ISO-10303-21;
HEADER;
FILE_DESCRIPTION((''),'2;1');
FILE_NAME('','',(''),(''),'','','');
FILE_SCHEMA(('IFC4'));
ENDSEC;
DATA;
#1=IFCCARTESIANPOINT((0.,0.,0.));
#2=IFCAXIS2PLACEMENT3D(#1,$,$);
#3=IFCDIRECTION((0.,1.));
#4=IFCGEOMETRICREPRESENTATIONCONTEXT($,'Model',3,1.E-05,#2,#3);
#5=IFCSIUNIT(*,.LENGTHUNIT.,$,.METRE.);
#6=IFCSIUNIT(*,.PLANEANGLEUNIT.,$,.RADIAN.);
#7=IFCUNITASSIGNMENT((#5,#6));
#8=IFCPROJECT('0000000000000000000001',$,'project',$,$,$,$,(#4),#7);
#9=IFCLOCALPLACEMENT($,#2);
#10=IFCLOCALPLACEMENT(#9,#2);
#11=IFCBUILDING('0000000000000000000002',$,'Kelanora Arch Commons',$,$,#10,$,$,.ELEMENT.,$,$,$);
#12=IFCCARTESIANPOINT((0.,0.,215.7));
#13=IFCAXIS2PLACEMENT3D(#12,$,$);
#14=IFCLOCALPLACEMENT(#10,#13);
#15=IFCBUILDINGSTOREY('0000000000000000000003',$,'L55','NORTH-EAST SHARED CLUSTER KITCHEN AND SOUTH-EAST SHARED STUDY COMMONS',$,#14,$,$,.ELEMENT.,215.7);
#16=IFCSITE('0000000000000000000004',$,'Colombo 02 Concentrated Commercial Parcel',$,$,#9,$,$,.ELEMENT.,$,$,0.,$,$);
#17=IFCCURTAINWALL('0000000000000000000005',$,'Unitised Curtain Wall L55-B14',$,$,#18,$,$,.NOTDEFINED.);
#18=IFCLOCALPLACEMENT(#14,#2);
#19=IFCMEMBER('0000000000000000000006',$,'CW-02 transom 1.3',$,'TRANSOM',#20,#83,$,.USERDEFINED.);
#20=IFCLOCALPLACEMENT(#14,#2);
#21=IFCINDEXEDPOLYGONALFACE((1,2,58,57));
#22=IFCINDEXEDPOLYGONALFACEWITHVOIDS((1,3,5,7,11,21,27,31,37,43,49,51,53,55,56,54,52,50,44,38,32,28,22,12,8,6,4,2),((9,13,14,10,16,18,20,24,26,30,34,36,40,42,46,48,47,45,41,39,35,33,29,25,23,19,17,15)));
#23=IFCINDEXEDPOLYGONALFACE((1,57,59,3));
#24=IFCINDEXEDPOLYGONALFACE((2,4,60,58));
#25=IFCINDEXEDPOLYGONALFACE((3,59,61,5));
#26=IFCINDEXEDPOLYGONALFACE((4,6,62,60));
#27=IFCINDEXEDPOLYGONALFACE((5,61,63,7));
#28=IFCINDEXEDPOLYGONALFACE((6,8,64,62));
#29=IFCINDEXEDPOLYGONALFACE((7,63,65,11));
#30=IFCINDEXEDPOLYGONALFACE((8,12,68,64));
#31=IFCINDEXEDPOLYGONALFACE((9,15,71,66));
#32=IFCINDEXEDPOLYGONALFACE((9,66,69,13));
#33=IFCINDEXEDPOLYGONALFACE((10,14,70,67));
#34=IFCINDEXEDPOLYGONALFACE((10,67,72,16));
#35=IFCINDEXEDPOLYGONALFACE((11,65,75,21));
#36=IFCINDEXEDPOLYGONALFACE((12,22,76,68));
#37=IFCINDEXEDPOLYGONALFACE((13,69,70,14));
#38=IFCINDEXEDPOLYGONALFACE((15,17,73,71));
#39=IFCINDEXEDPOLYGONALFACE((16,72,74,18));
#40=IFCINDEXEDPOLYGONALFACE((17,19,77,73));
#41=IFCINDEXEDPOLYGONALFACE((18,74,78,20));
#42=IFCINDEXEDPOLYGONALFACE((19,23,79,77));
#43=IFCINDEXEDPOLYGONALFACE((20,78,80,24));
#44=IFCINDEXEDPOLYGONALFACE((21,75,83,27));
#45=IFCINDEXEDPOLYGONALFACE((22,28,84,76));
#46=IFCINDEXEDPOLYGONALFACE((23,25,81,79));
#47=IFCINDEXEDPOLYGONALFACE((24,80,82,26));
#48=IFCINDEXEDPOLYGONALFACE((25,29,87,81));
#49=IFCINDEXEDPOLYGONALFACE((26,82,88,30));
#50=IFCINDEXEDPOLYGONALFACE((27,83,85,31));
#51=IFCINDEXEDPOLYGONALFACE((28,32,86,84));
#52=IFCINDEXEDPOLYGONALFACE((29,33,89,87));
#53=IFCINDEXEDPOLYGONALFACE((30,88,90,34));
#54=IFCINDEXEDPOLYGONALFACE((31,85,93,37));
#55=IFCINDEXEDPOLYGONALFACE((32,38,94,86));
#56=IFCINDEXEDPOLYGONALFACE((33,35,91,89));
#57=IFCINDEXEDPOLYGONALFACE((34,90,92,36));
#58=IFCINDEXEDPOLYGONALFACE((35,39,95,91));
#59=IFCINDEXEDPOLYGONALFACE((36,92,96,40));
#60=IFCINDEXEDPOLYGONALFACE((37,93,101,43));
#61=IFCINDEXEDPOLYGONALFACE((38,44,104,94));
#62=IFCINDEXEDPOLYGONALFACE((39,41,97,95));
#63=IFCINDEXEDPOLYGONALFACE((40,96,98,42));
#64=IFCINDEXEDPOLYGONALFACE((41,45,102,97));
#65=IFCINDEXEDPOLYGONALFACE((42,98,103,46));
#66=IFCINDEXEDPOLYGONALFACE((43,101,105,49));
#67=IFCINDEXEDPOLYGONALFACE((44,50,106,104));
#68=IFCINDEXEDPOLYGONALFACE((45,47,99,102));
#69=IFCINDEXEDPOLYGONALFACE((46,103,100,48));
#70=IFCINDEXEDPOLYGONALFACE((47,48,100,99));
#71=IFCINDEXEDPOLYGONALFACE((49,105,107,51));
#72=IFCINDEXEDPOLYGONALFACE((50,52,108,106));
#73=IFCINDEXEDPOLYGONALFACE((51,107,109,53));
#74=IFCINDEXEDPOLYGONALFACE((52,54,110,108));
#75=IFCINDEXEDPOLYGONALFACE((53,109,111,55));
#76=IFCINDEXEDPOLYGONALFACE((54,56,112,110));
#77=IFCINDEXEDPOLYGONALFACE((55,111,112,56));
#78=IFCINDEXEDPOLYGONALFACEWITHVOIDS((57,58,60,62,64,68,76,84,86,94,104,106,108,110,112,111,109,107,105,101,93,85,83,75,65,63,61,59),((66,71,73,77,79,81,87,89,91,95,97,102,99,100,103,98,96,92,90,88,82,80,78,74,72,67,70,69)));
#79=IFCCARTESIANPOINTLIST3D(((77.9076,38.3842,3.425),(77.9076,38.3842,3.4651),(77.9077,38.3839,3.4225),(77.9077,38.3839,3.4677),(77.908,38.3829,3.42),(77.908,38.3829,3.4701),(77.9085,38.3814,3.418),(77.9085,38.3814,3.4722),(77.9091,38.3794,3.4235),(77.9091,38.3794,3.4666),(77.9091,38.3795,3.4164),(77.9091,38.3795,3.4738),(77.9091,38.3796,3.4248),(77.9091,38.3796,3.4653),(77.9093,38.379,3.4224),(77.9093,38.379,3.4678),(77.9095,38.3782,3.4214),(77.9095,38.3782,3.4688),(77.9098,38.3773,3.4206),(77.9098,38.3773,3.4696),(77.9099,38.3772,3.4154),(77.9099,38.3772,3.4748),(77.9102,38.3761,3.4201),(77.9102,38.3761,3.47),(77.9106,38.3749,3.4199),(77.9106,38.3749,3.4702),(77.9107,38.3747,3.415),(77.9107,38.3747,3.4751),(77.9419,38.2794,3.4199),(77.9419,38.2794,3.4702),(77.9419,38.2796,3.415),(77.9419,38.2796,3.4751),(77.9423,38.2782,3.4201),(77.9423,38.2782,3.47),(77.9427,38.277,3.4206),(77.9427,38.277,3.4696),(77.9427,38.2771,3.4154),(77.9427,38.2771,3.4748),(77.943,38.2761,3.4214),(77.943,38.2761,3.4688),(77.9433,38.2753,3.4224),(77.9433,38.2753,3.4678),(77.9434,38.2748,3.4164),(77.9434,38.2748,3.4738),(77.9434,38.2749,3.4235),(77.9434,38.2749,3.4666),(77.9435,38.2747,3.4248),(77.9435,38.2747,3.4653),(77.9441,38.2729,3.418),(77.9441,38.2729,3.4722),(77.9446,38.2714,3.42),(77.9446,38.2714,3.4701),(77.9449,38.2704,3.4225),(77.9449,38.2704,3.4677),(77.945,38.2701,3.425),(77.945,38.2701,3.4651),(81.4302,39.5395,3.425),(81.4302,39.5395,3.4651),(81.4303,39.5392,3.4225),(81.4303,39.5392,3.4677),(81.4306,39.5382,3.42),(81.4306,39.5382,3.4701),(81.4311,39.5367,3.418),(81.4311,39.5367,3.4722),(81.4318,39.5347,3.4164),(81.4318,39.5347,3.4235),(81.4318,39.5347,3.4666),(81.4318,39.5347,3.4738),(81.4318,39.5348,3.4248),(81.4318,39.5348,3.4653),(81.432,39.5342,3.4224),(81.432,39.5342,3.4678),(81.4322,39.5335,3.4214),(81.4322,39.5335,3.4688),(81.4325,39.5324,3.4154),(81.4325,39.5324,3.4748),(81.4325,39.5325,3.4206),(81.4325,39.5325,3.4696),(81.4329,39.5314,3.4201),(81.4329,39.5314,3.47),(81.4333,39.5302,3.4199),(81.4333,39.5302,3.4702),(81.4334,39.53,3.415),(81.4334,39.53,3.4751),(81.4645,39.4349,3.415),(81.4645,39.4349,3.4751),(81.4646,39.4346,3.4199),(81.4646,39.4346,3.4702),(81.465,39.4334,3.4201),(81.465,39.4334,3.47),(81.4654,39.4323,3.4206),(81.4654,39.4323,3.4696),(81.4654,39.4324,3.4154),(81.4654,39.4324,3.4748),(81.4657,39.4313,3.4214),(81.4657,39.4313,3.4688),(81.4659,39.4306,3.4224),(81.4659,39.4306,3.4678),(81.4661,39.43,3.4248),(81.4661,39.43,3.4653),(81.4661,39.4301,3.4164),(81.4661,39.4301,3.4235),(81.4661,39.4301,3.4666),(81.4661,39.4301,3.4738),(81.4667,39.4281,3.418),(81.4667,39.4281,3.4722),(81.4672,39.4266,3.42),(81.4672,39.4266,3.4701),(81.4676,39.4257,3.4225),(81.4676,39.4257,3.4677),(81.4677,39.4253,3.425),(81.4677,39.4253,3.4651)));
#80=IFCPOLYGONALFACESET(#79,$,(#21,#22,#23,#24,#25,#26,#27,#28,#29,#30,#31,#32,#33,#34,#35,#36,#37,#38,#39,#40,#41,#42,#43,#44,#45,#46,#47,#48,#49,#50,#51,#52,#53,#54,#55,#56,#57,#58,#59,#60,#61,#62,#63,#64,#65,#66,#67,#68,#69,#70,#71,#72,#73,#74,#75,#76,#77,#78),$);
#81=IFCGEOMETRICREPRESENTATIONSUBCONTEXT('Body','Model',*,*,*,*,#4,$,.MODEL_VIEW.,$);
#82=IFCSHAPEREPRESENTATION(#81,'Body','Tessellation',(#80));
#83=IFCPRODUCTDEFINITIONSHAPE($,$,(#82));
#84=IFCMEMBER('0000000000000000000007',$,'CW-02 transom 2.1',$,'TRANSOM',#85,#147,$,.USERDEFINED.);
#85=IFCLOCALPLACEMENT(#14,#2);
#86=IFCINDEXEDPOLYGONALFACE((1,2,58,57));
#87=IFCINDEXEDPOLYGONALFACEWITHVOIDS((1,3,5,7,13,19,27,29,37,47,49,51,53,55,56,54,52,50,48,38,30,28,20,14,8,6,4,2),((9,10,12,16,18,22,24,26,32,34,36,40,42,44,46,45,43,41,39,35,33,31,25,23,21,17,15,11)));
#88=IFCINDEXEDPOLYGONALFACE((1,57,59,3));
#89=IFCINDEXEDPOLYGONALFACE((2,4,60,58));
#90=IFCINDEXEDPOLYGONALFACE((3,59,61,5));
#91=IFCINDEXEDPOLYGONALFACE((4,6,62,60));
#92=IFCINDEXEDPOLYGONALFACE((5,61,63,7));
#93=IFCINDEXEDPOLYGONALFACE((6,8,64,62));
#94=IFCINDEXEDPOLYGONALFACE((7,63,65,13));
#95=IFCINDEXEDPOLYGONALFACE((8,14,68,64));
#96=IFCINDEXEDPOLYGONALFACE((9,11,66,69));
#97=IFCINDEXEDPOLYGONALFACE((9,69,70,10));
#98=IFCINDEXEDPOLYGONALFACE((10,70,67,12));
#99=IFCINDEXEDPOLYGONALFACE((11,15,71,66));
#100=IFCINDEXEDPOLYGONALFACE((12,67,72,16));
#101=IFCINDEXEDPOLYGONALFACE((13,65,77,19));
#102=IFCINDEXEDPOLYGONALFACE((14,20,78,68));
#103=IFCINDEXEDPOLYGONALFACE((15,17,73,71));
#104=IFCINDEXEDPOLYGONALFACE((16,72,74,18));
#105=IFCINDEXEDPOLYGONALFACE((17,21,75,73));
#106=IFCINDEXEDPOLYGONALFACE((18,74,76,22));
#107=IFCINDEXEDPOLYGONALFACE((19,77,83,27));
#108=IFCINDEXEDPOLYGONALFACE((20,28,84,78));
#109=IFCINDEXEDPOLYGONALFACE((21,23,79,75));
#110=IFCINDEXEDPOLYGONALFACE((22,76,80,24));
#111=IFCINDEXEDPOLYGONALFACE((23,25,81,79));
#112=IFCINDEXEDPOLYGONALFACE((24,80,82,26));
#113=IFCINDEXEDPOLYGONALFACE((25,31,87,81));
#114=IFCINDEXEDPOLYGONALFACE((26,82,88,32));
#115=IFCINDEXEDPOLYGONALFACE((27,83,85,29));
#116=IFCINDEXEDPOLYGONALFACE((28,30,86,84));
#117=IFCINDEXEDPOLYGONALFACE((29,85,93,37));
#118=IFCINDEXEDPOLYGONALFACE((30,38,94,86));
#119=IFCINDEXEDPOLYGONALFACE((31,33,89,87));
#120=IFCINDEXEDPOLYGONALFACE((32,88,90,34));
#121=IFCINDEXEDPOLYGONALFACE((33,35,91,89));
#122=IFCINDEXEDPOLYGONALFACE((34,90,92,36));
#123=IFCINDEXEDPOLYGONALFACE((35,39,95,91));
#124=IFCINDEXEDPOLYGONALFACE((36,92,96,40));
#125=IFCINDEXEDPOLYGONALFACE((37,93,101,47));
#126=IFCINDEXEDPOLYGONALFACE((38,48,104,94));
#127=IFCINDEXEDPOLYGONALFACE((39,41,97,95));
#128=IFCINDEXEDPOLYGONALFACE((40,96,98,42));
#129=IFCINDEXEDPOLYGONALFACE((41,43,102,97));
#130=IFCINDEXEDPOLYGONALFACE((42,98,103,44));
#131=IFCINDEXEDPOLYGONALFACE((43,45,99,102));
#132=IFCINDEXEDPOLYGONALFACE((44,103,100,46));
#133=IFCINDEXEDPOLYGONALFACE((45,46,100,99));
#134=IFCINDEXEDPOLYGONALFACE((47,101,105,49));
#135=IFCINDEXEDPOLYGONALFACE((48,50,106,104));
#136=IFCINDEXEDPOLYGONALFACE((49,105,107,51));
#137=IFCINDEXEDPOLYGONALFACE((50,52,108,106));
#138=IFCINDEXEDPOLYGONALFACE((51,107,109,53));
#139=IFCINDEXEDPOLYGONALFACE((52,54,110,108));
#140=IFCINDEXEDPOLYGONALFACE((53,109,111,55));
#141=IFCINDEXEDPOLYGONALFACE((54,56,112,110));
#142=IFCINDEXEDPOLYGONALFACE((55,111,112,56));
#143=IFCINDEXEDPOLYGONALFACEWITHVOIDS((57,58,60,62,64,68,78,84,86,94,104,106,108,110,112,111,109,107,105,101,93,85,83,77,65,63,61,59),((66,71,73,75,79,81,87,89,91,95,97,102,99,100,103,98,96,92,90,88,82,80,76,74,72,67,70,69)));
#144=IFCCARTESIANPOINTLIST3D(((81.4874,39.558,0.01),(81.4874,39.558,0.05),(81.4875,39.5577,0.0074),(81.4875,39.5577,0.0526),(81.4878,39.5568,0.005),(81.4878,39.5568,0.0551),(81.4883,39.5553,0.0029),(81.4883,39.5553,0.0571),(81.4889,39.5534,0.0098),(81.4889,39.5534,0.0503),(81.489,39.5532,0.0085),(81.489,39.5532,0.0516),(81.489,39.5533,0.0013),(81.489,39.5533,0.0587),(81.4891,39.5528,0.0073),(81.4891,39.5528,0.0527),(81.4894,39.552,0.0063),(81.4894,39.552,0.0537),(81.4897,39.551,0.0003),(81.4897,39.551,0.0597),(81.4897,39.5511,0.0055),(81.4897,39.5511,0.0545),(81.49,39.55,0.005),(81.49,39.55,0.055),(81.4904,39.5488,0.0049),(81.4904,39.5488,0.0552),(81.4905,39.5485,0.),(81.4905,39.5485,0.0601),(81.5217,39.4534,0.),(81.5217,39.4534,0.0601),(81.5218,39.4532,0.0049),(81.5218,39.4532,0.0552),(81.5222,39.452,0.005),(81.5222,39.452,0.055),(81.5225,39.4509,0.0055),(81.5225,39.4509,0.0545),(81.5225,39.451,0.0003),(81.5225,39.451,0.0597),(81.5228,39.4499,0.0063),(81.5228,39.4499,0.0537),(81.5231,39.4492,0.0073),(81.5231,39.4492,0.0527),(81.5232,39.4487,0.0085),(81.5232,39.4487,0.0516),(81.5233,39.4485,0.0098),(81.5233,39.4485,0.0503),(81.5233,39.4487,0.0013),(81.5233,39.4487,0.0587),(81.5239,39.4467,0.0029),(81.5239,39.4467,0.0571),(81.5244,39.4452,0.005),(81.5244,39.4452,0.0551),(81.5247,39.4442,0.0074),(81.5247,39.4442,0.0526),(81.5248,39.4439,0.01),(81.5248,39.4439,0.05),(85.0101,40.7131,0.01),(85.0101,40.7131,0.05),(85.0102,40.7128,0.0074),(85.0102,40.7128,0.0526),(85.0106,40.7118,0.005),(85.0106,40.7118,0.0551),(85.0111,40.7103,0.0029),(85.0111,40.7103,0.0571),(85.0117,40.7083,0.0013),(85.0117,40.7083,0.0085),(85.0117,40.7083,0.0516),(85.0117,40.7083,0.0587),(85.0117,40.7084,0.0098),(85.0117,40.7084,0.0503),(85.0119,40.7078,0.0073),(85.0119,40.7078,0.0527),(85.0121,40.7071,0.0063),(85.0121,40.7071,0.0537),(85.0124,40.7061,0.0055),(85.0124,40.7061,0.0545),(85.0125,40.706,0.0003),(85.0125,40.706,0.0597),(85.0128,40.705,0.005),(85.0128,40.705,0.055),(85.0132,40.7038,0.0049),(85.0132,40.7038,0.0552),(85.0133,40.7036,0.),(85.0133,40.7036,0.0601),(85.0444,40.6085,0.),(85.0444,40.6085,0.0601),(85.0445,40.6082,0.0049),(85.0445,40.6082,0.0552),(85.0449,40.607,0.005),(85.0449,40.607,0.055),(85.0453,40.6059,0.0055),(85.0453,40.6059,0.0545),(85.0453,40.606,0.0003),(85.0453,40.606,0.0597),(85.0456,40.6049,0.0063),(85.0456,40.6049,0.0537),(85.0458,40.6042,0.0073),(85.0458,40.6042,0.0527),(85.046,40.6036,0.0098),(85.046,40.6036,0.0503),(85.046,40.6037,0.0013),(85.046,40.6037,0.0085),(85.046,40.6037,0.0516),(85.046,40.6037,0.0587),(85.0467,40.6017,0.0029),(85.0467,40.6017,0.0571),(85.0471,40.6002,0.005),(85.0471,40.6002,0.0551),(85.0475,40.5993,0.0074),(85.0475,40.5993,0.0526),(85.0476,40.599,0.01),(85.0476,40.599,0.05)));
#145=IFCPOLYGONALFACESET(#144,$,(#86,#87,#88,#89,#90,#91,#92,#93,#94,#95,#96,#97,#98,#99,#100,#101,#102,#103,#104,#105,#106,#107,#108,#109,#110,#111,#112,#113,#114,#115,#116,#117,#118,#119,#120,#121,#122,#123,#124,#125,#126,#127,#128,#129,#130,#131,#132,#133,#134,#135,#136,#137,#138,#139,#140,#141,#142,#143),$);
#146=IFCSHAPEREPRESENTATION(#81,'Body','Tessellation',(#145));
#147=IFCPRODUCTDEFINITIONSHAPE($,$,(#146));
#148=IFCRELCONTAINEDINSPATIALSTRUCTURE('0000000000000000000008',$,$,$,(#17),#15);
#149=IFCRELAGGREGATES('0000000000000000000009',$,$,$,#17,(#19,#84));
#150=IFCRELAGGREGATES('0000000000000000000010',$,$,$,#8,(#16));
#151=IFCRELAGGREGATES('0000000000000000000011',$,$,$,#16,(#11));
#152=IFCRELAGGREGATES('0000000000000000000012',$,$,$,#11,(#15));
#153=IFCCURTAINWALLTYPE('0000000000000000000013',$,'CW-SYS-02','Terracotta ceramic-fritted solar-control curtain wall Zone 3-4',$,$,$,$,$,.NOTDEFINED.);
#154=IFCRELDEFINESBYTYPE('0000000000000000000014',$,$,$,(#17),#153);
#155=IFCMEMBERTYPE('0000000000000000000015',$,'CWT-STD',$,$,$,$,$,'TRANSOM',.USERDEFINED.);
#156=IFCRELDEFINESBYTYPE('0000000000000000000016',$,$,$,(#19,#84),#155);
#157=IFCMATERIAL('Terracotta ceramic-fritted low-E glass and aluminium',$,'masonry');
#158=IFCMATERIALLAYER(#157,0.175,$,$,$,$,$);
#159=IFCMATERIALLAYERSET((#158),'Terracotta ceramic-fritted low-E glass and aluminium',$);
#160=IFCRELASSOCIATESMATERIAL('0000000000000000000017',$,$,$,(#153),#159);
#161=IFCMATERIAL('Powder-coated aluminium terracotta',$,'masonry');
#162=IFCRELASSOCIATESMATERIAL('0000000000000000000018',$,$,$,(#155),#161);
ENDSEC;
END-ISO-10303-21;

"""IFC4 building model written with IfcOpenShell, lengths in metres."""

from ifc_helpers import new_model, si_unit, direction, frame, origin, origin_2d, place, context, subcontext, project, spatial, hollow_rectangle, extrude, material, layer, layer_set, material_profile, profile_set, type_object, element, aggregate, save


model = new_model("IFC4")

# Units and contexts
model_context = context("Model", 3, precision=1e-05, world=origin(), true_north=direction((0.0, 1.0)))
body_context = subcontext(model_context, "Body", "Model", "MODEL_VIEW")
ifc_project = project(units=[si_unit("LENGTHUNIT", "METRE"), si_unit("PLANEANGLEUNIT", "RADIAN")], contexts=[model_context])

# Site, building, storey
site_placement = place(None, origin())
site = spatial("IfcSite", under=ifc_project, at=site_placement, Name="Colombo 02 Concentrated Commercial Parcel", CompositionType="ELEMENT", RefElevation=0.0)
building_placement = place(site_placement, origin())
building = spatial("IfcBuilding", under=site, at=building_placement, Name="Kelanora Arch Commons", CompositionType="ELEMENT")
storey_placement = place(building_placement, frame((0.0, 0.0, 215.7)))
storey = spatial("IfcBuildingStorey", under=building, at=storey_placement, Name="L55", Description="NORTH-EAST SHARED CLUSTER KITCHEN AND SOUTH-EAST SHARED STUDY COMMONS", CompositionType="ELEMENT", Elevation=215.7)

# Curtain wall, members
ifc_material_1 = material(Name="Terracotta ceramic-fritted low-E glass and aluminium", Category="masonry")
ifc_layer_1 = layer(ifc_material_1, 0.175)
ifc_layer_set_1 = layer_set([ifc_layer_1], Name="Terracotta ceramic-fritted low-E glass and aluminium")
curtain_wall_type = type_object("IfcCurtainWallType", Name="CW-SYS-02", Description="Terracotta ceramic-fritted solar-control curtain wall Zone 3-4", PredefinedType="NOTDEFINED", material=ifc_layer_set_1)
curtain_wall_placement = place(storey_placement, origin())
curtain_wall = element("IfcCurtainWall", 1, at=curtain_wall_placement, inside=storey, type_object=curtain_wall_type, Name="Unitised Curtain Wall L55-B14", PredefinedType="NOTDEFINED")
ifc_material_2 = material(Name="Powder-coated aluminium terracotta", Category="masonry")
ifc_material_profile_1 = material_profile(ifc_material_2, hollow_rectangle(XDim=0.1201, YDim=0.0601, WallThickness=0.0049, InnerFilletRadius=0.0049, OuterFilletRadius=0.01, at=origin_2d()), Name="CWT120x60")
ifc_profile_set_1 = profile_set([ifc_material_profile_1], Name="Powder-coated aluminium terracotta")
member_type_1 = type_object("IfcMemberType", Name="CWT-STD", ElementType="TRANSOM", PredefinedType="USERDEFINED", material=ifc_profile_set_1)
member_1_placement = place(storey_placement, frame((77.9263, 38.3271, 3.4451), z_axis=(0.950207, 0.311621, 0.0), x_axis=(-0.311621, 0.950207, 0.0)))
member_1 = element("IfcMember", 2, at=member_1_placement, type_object=member_type_1, Name="CW-02 transom 1.3", ObjectType="TRANSOM", PredefinedType="USERDEFINED", context=body_context, shape_type="SweptSolid", body=[
    extrude(hollow_rectangle(XDim=0.1201, YDim=0.0601, WallThickness=0.0049, InnerFilletRadius=0.0049, OuterFilletRadius=0.01, at=origin_2d()), origin(), (0.0, 0.0, 1.0), 3.7073),
])
member_2_placement = place(storey_placement, frame((81.5061, 39.501, 0.03), z_axis=(0.950226, 0.311561, 0.0), x_axis=(-0.311561, 0.950226, 0.0)))
member_2 = element("IfcMember", 3, at=member_2_placement, type_object=member_type_1, Name="CW-02 transom 2.1", ObjectType="TRANSOM", PredefinedType="USERDEFINED", context=body_context, shape_type="SweptSolid", body=[
    extrude(hollow_rectangle(XDim=0.1201, YDim=0.0601, WallThickness=0.0049, InnerFilletRadius=0.0049, OuterFilletRadius=0.01, at=origin_2d()), origin(), (0.0, 0.0, 1.0), 3.7073),
])
aggregate(curtain_wall, [member_1, member_2])

save(model, "model.ifc")
